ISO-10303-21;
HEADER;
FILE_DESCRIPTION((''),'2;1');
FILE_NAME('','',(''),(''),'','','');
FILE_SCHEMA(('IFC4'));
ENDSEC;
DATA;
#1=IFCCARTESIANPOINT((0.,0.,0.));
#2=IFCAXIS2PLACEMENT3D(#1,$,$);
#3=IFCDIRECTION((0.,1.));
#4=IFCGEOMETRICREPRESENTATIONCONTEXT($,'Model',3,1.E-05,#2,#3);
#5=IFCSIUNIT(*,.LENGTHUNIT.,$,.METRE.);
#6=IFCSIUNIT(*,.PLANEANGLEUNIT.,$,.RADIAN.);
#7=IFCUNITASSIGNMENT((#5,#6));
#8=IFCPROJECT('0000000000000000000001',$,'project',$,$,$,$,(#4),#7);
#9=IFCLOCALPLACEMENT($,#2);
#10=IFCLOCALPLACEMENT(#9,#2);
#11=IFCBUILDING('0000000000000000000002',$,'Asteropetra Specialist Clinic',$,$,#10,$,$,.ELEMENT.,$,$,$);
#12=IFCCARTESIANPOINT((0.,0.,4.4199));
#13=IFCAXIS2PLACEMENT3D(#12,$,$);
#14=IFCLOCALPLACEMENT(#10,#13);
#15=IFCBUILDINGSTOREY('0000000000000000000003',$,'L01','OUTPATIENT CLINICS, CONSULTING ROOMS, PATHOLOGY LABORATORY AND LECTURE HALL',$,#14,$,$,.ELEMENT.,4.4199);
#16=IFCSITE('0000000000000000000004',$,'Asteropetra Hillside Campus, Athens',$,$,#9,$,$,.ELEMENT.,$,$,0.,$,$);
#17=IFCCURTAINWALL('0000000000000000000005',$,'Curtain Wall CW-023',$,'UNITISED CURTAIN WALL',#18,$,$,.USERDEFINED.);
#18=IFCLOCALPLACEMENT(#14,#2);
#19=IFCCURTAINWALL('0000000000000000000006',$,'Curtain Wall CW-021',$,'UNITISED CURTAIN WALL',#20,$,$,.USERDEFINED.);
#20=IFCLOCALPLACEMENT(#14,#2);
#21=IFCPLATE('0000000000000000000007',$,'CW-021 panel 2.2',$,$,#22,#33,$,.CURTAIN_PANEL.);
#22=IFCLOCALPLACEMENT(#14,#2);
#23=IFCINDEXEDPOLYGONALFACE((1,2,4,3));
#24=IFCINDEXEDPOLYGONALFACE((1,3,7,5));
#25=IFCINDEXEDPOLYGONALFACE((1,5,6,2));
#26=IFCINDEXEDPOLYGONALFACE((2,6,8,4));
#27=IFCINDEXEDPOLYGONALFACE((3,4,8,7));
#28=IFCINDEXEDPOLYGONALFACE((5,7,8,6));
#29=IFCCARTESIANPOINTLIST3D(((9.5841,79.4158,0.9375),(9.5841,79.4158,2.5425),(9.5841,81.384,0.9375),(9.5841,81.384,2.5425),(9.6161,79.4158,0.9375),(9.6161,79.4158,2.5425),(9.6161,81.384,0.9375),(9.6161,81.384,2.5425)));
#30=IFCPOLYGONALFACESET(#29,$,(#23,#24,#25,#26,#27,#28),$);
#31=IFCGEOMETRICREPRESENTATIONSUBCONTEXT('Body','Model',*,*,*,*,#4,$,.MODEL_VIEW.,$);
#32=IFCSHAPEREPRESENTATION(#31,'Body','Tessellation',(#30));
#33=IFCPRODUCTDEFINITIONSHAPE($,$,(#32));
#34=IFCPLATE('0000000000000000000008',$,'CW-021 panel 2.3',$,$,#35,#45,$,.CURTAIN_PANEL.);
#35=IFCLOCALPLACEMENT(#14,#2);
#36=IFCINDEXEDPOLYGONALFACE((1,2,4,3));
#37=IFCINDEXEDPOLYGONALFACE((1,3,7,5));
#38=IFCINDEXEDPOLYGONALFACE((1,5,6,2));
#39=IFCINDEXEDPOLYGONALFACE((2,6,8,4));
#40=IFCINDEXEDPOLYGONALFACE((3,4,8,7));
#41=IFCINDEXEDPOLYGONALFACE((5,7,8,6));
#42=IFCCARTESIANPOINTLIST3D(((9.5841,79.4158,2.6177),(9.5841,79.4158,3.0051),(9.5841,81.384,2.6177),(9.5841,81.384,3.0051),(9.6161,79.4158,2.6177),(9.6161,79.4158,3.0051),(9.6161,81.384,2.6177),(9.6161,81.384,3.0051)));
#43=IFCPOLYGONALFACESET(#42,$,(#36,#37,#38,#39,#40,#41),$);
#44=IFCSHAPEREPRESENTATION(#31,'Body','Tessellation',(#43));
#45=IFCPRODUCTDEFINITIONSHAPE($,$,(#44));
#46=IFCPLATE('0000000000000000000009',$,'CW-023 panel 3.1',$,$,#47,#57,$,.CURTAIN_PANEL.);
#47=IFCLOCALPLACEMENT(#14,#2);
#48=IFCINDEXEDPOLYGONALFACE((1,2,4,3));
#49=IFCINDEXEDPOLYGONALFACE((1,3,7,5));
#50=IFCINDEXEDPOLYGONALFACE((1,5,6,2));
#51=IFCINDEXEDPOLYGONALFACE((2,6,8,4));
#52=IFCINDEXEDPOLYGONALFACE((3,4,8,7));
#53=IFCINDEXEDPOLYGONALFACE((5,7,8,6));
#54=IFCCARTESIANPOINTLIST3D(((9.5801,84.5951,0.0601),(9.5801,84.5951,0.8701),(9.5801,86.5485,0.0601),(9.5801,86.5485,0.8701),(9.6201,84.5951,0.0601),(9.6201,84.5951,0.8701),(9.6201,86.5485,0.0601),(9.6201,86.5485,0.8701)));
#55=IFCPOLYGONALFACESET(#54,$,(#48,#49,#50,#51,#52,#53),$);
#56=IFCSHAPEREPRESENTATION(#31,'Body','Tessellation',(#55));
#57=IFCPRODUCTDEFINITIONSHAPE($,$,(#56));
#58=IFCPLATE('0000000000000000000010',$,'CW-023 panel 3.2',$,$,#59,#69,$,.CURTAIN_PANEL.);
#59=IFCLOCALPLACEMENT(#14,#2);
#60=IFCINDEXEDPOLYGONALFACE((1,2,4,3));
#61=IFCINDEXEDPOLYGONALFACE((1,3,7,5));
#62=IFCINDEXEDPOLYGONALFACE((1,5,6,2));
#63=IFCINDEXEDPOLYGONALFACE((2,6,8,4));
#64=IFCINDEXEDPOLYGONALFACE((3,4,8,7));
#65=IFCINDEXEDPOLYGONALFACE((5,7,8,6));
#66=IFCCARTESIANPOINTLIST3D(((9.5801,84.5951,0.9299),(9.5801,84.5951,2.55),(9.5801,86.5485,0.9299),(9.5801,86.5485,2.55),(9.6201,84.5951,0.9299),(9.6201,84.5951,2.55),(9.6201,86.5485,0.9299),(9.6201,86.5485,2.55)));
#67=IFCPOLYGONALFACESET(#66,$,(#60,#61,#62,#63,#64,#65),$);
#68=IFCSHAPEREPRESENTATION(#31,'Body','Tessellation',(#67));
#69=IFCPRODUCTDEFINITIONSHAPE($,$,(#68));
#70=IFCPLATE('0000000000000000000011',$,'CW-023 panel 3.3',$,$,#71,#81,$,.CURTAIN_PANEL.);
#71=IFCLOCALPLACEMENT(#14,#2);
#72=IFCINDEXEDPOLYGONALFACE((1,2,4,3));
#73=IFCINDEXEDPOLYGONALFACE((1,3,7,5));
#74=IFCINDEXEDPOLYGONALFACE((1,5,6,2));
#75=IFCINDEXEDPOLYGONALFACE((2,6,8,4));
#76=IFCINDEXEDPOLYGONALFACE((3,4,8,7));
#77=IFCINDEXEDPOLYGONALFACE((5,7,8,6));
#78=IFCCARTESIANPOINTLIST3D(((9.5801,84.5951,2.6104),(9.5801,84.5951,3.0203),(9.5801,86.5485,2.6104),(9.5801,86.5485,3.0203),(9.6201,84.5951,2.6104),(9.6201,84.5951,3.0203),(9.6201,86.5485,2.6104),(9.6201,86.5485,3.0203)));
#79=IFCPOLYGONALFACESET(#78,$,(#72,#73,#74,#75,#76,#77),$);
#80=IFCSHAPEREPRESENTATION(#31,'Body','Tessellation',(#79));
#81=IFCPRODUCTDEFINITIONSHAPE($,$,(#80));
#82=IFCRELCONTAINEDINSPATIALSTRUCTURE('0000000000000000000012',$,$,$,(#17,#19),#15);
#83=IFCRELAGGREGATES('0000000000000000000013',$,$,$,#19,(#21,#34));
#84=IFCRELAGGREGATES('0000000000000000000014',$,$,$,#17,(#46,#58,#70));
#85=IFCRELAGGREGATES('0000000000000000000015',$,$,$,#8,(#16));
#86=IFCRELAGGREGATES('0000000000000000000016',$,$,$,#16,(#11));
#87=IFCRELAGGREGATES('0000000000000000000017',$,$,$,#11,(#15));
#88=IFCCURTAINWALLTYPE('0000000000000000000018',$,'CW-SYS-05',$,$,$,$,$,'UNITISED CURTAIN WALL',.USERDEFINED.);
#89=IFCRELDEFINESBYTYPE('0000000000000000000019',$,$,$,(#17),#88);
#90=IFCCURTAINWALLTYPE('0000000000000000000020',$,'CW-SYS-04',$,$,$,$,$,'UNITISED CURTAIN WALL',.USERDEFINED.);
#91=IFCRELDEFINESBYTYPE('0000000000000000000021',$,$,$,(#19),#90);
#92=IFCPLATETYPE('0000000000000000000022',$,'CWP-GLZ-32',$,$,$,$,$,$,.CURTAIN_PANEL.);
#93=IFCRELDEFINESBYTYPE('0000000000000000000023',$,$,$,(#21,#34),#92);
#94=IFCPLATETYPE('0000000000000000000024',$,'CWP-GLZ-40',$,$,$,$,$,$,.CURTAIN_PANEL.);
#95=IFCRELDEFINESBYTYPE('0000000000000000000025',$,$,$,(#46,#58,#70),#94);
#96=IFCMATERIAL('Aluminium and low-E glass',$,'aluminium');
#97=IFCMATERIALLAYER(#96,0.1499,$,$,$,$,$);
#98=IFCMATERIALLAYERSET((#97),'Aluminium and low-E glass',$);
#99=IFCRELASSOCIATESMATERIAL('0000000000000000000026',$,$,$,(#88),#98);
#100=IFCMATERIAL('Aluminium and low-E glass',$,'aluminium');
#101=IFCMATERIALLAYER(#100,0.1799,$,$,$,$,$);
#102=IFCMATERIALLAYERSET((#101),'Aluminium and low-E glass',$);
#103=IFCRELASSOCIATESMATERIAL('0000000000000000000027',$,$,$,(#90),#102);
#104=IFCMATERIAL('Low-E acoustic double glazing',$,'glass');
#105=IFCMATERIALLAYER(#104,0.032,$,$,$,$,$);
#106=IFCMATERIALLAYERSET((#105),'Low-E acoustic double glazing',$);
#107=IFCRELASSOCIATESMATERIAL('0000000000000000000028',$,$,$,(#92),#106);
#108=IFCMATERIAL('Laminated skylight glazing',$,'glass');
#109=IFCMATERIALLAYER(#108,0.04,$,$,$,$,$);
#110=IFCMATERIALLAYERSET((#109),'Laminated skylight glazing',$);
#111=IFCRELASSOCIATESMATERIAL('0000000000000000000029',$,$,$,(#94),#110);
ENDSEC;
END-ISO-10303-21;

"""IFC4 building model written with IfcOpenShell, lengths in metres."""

from ifc_helpers import new_model, si_unit, direction, frame, origin, origin_2d, place, context, subcontext, project, spatial, rectangle, extrude, material, layer, layer_set, type_object, element, aggregate, save


model = new_model("IFC4")

# Units and contexts
model_context = context("Model", 3, precision=1e-05, world=origin(), true_north=direction((0.0, 1.0)))
body_context = subcontext(model_context, "Body", "Model", "MODEL_VIEW")
ifc_project = project(units=[si_unit("LENGTHUNIT", "METRE"), si_unit("PLANEANGLEUNIT", "RADIAN")], contexts=[model_context])

# Site, building, storey
site_placement = place(None, origin())
site = spatial("IfcSite", under=ifc_project, at=site_placement, Name="Asteropetra Hillside Campus, Athens", CompositionType="ELEMENT", RefElevation=0.0)
building_placement = place(site_placement, origin())
building = spatial("IfcBuilding", under=site, at=building_placement, Name="Asteropetra Specialist Clinic", CompositionType="ELEMENT")
storey_placement = place(building_placement, frame((0.0, 0.0, 4.4199)))
storey = spatial("IfcBuildingStorey", under=building, at=storey_placement, Name="L01", Description="OUTPATIENT CLINICS, CONSULTING ROOMS, PATHOLOGY LABORATORY AND LECTURE HALL", CompositionType="ELEMENT", Elevation=4.4199)

# Curtain wall
ifc_material_1 = material(Name="Aluminium and low-E glass", Category="aluminium")
ifc_layer_1 = layer(ifc_material_1, 0.1499)
ifc_layer_set_1 = layer_set([ifc_layer_1], Name="Aluminium and low-E glass")
curtain_wall_type_1 = type_object("IfcCurtainWallType", Name="CW-SYS-05", ElementType="UNITISED CURTAIN WALL", PredefinedType="USERDEFINED", material=ifc_layer_set_1)
curtain_wall_1_placement = place(storey_placement, origin())
curtain_wall_1 = element("IfcCurtainWall", 1, at=curtain_wall_1_placement, inside=storey, type_object=curtain_wall_type_1, Name="Curtain Wall CW-023", ObjectType="UNITISED CURTAIN WALL", PredefinedType="USERDEFINED")

# Curtain wall
ifc_material_2 = material(Name="Aluminium and low-E glass", Category="aluminium")
ifc_layer_2 = layer(ifc_material_2, 0.1799)
ifc_layer_set_2 = layer_set([ifc_layer_2], Name="Aluminium and low-E glass")
curtain_wall_type_2 = type_object("IfcCurtainWallType", Name="CW-SYS-04", ElementType="UNITISED CURTAIN WALL", PredefinedType="USERDEFINED", material=ifc_layer_set_2)
curtain_wall_2_placement = place(storey_placement, origin())
curtain_wall_2 = element("IfcCurtainWall", 2, at=curtain_wall_2_placement, inside=storey, type_object=curtain_wall_type_2, Name="Curtain Wall CW-021", ObjectType="UNITISED CURTAIN WALL", PredefinedType="USERDEFINED")

# Plates
ifc_material_3 = material(Name="Low-E acoustic double glazing", Category="glass")
ifc_layer_3 = layer(ifc_material_3, 0.032)
ifc_layer_set_3 = layer_set([ifc_layer_3], Name="Low-E acoustic double glazing")
plate_type_1 = type_object("IfcPlateType", Name="CWP-GLZ-32", PredefinedType="CURTAIN_PANEL", material=ifc_layer_set_3)
plate_1_placement = place(storey_placement, frame((9.6001, 80.3999, 0.9375), z_axis=(0.0, 0.0, 1.0), x_axis=(0.0, -1.0, 0.0)))
plate_1 = element("IfcPlate", 3, at=plate_1_placement, type_object=plate_type_1, Name="CW-021 panel 2.2", PredefinedType="CURTAIN_PANEL", context=body_context, shape_type="SweptSolid", body=[
    extrude(rectangle(XDim=1.9683, YDim=0.032, at=origin_2d()), origin(), (0.0, 0.0, 1.0), 1.605),
])
plate_2_placement = place(storey_placement, frame((9.6001, 80.3999, 2.6177), z_axis=(0.0, 0.0, 1.0), x_axis=(0.0, -1.0, 0.0)))
plate_2 = element("IfcPlate", 4, at=plate_2_placement, type_object=plate_type_1, Name="CW-021 panel 2.3", PredefinedType="CURTAIN_PANEL", context=body_context, shape_type="SweptSolid", body=[
    extrude(rectangle(XDim=1.9683, YDim=0.032, at=origin_2d()), origin(), (0.0, 0.0, 1.0), 0.3875),
])
aggregate(curtain_wall_2, [plate_1, plate_2])
ifc_material_4 = material(Name="Laminated skylight glazing", Category="glass")
ifc_layer_4 = layer(ifc_material_4, 0.04)
ifc_layer_set_4 = layer_set([ifc_layer_4], Name="Laminated skylight glazing")
plate_type_2 = type_object("IfcPlateType", Name="CWP-GLZ-40", PredefinedType="CURTAIN_PANEL", material=ifc_layer_set_4)
plate_3_placement = place(storey_placement, frame((9.6001, 85.5718, 0.0601), z_axis=(0.0, 0.0, 1.0), x_axis=(0.0, -1.0, 0.0)))
plate_3 = element("IfcPlate", 5, at=plate_3_placement, type_object=plate_type_2, Name="CW-023 panel 3.1", PredefinedType="CURTAIN_PANEL", context=body_context, shape_type="SweptSolid", body=[
    extrude(rectangle(XDim=1.9534, YDim=0.04, at=origin_2d()), origin(), (0.0, 0.0, 1.0), 0.8101),
])
plate_4_placement = place(storey_placement, frame((9.6001, 85.5718, 0.9299), z_axis=(0.0, 0.0, 1.0), x_axis=(0.0, -1.0, 0.0)))
plate_4 = element("IfcPlate", 6, at=plate_4_placement, type_object=plate_type_2, Name="CW-023 panel 3.2", PredefinedType="CURTAIN_PANEL", context=body_context, shape_type="SweptSolid", body=[
    extrude(rectangle(XDim=1.9534, YDim=0.04, at=origin_2d()), origin(), (0.0, 0.0, 1.0), 1.6201),
])
plate_5_placement = place(storey_placement, frame((9.6001, 85.5718, 2.6104), z_axis=(0.0, 0.0, 1.0), x_axis=(0.0, -1.0, 0.0)))
plate_5 = element("IfcPlate", 7, at=plate_5_placement, type_object=plate_type_2, Name="CW-023 panel 3.3", PredefinedType="CURTAIN_PANEL", context=body_context, shape_type="SweptSolid", body=[
    extrude(rectangle(XDim=1.9534, YDim=0.04, at=origin_2d()), origin(), (0.0, 0.0, 1.0), 0.4099),
])
aggregate(curtain_wall_1, [plate_3, plate_4, plate_5])

save(model, "model.ifc")
